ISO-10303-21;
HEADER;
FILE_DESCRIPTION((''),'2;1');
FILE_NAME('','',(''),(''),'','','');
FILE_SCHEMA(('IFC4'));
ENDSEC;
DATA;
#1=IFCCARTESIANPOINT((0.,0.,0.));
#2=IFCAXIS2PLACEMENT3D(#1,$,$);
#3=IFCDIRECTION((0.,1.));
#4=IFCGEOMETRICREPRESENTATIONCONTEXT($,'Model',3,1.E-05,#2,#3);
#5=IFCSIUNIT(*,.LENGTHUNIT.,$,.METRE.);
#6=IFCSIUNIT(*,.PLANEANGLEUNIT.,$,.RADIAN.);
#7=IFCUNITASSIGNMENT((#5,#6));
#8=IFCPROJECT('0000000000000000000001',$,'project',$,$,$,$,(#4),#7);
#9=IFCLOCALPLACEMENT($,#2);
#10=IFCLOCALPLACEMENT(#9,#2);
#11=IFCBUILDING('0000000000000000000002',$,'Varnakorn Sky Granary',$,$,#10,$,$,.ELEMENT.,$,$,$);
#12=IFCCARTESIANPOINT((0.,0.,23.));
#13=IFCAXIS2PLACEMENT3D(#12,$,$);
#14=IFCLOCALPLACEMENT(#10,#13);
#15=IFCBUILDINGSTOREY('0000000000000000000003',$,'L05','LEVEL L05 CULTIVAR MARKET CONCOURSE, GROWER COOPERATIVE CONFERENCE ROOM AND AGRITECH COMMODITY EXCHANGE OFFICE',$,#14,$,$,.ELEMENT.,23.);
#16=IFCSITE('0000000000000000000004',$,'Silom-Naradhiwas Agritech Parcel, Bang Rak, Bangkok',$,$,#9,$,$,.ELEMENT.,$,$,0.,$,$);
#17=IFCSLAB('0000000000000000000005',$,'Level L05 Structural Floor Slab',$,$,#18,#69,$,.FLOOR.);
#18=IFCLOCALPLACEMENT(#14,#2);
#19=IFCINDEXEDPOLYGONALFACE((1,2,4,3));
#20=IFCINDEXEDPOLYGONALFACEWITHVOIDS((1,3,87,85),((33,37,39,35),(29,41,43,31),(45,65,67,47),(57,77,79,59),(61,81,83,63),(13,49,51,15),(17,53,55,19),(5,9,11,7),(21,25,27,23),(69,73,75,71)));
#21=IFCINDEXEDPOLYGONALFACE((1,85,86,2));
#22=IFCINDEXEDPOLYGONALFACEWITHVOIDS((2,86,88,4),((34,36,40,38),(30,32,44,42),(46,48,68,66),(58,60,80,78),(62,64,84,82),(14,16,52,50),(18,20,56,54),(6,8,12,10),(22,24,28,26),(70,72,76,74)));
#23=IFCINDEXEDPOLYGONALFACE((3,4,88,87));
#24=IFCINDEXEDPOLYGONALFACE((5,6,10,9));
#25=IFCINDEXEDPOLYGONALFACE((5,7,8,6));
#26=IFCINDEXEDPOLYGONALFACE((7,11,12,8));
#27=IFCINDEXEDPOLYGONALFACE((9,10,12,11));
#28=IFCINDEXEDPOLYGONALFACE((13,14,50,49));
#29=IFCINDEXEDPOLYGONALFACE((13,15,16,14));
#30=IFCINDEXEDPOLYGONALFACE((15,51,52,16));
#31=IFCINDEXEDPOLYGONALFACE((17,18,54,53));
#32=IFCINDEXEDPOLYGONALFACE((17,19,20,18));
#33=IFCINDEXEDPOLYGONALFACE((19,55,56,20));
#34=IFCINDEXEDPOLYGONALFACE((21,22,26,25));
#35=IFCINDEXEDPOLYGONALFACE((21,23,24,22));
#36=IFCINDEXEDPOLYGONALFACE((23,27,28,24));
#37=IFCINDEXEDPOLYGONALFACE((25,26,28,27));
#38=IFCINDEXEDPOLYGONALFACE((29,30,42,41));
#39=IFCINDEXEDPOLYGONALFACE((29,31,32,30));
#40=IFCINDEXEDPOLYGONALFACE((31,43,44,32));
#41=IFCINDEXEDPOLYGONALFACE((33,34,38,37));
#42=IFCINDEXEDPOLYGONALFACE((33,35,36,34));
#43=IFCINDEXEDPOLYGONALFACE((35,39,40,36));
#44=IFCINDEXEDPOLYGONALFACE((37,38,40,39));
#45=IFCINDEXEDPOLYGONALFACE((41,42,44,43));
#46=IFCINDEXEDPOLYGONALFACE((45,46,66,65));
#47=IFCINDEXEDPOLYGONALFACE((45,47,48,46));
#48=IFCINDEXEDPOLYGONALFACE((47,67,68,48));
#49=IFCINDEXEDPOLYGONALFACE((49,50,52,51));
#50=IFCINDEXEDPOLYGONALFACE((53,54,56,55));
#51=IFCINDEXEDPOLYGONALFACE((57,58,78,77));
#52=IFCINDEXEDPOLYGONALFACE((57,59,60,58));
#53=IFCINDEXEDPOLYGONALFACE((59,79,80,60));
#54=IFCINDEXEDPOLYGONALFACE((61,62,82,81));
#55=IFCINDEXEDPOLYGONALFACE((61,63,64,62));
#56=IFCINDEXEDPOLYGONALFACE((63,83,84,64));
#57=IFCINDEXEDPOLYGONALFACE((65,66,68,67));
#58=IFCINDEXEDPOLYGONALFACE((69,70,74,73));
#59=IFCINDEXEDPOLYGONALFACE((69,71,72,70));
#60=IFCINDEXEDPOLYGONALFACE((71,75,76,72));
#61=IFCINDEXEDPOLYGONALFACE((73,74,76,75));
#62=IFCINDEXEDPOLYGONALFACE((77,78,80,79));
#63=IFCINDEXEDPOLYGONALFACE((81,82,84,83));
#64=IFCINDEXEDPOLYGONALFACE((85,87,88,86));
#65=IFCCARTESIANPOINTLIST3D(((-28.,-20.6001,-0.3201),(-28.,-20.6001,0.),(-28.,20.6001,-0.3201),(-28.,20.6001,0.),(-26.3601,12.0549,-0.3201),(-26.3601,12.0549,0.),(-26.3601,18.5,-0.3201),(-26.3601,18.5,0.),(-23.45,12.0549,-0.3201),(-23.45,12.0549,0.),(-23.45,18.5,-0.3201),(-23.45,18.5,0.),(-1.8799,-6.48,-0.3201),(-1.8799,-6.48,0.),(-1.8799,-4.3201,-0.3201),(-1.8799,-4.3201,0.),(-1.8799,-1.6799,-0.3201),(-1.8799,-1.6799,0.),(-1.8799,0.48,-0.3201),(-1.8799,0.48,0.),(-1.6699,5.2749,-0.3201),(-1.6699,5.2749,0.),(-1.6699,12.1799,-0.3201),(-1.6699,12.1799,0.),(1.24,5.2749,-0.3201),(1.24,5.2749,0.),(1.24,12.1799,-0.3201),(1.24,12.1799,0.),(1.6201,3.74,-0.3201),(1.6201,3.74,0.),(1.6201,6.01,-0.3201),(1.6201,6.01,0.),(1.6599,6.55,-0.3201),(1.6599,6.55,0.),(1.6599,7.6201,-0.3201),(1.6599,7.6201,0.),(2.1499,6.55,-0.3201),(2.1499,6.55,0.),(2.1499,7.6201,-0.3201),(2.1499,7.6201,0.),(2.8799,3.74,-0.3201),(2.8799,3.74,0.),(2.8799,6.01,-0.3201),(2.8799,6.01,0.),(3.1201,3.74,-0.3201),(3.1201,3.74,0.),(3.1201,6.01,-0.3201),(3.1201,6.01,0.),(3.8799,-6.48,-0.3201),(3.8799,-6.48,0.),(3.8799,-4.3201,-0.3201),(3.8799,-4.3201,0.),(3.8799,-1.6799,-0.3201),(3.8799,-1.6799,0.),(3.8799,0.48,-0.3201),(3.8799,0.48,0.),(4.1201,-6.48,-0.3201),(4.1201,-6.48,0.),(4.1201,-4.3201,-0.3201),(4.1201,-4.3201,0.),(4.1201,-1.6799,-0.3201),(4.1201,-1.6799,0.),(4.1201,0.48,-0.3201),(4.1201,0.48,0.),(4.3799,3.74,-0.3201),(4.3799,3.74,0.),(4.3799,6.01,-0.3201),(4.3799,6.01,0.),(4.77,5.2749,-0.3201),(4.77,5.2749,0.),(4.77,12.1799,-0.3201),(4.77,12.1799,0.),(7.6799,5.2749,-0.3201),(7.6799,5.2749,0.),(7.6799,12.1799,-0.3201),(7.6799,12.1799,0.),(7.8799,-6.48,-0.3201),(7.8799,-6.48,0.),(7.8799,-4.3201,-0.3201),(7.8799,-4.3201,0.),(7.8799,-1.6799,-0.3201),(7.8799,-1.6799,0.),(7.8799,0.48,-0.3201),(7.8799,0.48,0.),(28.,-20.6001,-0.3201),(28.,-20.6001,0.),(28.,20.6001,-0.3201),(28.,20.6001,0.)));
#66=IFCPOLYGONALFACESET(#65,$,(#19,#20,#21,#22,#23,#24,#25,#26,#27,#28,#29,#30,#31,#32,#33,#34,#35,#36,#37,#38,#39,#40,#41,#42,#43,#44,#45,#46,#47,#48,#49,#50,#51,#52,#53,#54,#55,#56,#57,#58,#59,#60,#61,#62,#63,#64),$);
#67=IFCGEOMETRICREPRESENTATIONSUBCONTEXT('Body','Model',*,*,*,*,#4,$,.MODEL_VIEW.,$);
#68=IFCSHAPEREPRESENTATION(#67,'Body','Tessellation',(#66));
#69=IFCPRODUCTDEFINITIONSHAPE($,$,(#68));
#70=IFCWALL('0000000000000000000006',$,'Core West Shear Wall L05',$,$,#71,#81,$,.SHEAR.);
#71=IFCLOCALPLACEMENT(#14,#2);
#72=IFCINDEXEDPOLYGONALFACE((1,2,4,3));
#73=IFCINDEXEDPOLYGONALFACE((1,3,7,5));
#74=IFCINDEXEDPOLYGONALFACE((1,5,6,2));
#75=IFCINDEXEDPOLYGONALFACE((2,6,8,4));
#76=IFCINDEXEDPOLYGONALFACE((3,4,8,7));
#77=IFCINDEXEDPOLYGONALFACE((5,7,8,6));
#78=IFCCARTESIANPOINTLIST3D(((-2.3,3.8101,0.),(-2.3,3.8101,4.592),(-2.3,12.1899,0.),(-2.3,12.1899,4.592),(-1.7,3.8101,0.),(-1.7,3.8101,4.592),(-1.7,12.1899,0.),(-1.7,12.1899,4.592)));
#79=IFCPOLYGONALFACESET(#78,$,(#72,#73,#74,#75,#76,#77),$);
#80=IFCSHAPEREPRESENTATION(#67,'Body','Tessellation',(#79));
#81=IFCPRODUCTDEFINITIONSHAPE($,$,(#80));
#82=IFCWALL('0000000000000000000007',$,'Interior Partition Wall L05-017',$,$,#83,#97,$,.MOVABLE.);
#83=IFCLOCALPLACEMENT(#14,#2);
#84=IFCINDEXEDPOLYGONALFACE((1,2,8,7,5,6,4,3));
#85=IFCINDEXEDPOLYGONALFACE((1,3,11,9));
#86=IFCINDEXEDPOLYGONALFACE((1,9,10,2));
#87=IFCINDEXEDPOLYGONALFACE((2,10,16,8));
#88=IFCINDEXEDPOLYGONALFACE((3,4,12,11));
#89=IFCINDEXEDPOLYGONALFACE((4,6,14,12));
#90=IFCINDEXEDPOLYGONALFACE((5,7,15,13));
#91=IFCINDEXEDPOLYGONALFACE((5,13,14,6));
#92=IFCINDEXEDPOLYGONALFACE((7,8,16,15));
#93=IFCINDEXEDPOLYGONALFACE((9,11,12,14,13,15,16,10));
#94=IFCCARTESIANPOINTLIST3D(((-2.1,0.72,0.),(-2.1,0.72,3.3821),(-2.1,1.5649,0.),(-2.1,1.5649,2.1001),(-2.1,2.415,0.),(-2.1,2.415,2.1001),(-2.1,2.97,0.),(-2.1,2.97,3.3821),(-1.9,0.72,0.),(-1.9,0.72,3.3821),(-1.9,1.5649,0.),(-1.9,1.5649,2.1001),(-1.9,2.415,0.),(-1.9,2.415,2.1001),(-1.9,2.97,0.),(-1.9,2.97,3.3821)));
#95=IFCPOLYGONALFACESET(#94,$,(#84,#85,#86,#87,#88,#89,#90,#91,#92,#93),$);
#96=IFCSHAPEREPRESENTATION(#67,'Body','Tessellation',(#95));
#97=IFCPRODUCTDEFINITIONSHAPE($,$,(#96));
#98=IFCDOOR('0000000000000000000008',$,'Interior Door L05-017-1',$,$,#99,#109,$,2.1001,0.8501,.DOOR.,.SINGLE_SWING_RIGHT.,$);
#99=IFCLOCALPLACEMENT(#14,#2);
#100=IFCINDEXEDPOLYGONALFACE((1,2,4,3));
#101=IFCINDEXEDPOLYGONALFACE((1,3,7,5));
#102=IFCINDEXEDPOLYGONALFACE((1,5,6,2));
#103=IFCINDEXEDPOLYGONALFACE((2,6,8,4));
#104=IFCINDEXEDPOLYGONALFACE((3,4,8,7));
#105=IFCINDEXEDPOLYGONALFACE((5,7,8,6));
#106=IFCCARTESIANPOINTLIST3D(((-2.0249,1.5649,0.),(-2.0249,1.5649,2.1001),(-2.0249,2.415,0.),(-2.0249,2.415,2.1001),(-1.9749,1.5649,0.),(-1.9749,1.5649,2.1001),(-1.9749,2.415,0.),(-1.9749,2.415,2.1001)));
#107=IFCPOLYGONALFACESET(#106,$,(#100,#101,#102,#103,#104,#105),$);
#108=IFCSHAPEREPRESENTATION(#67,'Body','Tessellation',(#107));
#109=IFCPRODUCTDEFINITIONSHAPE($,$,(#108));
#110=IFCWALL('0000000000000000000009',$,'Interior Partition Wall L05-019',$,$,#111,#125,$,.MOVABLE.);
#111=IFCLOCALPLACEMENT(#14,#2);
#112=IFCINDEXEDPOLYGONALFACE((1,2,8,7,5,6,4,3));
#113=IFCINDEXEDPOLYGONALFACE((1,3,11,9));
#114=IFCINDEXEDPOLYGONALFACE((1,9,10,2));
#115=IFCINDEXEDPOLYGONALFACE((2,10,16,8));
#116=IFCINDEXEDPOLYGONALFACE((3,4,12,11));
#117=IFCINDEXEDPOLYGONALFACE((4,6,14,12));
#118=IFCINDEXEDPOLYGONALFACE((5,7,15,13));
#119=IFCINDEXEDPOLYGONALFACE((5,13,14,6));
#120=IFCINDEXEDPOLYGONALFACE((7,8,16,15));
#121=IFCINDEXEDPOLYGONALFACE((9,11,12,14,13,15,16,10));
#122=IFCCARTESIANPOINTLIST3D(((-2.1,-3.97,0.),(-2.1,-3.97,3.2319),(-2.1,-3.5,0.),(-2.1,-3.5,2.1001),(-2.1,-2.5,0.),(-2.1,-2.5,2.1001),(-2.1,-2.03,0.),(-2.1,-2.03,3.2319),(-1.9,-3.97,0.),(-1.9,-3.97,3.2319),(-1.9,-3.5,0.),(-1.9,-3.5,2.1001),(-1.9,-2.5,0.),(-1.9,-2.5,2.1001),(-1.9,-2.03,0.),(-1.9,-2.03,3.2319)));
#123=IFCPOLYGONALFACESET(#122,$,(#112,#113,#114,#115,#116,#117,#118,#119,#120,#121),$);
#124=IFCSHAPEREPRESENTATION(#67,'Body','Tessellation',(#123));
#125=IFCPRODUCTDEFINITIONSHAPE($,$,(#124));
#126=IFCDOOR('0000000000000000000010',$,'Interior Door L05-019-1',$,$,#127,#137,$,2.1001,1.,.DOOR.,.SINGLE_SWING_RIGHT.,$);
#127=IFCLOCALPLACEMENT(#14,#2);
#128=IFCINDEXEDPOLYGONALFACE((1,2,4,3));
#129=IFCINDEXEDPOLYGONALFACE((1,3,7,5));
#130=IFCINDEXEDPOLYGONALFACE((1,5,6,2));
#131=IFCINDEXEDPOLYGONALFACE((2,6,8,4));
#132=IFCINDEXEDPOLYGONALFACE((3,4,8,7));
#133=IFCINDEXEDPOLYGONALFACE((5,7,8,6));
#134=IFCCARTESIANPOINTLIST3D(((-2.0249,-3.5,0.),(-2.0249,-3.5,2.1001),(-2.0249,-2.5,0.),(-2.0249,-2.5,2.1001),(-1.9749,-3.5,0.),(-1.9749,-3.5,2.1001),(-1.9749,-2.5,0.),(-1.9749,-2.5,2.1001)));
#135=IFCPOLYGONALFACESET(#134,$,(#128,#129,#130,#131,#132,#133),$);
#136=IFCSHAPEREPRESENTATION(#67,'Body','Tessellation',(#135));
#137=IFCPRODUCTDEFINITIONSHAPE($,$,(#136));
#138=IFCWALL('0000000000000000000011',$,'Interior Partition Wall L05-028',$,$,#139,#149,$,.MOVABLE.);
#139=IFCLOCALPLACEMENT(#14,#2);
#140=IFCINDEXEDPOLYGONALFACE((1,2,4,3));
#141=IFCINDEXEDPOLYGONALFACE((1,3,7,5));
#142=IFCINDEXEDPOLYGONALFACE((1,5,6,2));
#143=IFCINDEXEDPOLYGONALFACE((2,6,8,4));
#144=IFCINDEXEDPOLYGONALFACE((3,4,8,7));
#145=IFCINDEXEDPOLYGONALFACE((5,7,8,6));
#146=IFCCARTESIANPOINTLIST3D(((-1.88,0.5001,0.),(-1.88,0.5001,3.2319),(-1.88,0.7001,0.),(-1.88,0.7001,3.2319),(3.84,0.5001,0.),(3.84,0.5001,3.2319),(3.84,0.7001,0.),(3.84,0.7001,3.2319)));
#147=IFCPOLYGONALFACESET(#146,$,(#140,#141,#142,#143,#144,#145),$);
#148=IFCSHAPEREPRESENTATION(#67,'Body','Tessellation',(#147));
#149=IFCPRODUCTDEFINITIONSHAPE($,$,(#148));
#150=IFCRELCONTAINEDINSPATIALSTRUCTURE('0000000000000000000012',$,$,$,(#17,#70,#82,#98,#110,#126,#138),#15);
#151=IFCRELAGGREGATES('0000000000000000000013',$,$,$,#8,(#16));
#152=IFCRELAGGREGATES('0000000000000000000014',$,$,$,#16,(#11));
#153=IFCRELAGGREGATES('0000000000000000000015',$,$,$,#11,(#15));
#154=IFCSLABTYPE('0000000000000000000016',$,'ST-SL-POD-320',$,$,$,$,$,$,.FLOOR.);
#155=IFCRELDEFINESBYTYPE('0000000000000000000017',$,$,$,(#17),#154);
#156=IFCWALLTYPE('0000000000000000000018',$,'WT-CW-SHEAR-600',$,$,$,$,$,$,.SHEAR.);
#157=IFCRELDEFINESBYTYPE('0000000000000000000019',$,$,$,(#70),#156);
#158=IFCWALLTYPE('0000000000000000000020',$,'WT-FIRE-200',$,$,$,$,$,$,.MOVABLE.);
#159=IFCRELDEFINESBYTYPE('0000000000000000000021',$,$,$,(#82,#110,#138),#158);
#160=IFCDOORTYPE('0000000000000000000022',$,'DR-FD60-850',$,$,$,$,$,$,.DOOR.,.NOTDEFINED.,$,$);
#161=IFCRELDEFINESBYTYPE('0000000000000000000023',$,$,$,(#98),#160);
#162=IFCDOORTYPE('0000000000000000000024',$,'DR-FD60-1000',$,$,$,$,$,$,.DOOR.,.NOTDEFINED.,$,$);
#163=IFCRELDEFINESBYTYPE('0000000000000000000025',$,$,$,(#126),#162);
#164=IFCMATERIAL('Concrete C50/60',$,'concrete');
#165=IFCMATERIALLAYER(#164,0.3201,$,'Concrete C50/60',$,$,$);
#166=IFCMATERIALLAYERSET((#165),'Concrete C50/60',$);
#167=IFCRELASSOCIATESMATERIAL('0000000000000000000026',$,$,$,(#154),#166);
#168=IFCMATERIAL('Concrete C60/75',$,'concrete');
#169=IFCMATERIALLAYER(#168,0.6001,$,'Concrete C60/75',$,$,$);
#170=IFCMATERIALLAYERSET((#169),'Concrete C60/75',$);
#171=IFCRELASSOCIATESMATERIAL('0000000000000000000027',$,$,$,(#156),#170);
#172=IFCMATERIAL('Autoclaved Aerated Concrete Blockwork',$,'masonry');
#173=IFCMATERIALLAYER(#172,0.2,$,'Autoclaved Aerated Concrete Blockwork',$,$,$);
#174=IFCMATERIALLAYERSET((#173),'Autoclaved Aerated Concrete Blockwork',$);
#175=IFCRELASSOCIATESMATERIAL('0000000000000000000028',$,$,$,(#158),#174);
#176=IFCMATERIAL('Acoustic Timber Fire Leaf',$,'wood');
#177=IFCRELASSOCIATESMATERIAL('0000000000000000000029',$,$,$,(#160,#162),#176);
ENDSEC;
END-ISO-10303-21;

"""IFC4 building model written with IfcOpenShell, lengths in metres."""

from ifc_helpers import new_model, si_unit, direction, frame, frame_2d, origin, place, context, subcontext, project, spatial, polyline, rectangle, outline, extrude, material, layer, layer_set, type_object, element, fill, save


model = new_model("IFC4")

# Units and contexts
model_context = context("Model", 3, precision=1e-05, world=origin(), true_north=direction((0.0, 1.0)))
body_context = subcontext(model_context, "Body", "Model", "MODEL_VIEW")
ifc_project = project(units=[si_unit("LENGTHUNIT", "METRE"), si_unit("PLANEANGLEUNIT", "RADIAN")], contexts=[model_context])

# Site, building, storey
site_placement = place(None, origin())
site = spatial("IfcSite", under=ifc_project, at=site_placement, Name="Silom-Naradhiwas Agritech Parcel, Bang Rak, Bangkok", CompositionType="ELEMENT", RefElevation=0.0)
building_placement = place(site_placement, origin())
building = spatial("IfcBuilding", under=site, at=building_placement, Name="Varnakorn Sky Granary", CompositionType="ELEMENT")
storey_placement = place(building_placement, frame((0.0, 0.0, 23.0)))
storey = spatial("IfcBuildingStorey", under=building, at=storey_placement, Name="L05", Description="LEVEL L05 CULTIVAR MARKET CONCOURSE, GROWER COOPERATIVE CONFERENCE ROOM AND AGRITECH COMMODITY EXCHANGE OFFICE", CompositionType="ELEMENT", Elevation=23.0)

# Shared definitions
ifc_material_1 = material(Name="Concrete C60/75", Category="concrete")

# Slab
ifc_material_2 = material(Name="Concrete C50/60", Category="concrete")
ifc_layer_1 = layer(ifc_material_2, 0.3201, Name="Concrete C50/60")
ifc_layer_set_1 = layer_set([ifc_layer_1], Name="Concrete C50/60")
slab_type_1 = type_object("IfcSlabType", Name="ST-SL-POD-320", PredefinedType="FLOOR", material=ifc_layer_set_1)
slab_1_placement = place(storey_placement, frame((0.0, 0.0, -0.3201)))
element("IfcSlab", 1, at=slab_1_placement, inside=storey, type_object=slab_type_1, Name="Level L05 Structural Floor Slab", PredefinedType="FLOOR", context=body_context, shape_type="SweptSolid", body=[
    extrude(outline(polyline([(-28.0, -20.6001), (28.0, -20.6001), (28.0, 20.6001), (-28.0, 20.6001), (-28.0, -20.6001)]), holes=[polyline([(1.24, 5.2749), (1.24, 12.1799), (-1.6699, 12.1799), (-1.6699, 5.2749), (1.24, 5.2749)]), polyline([(7.6799, 5.2749), (7.6799, 12.1799), (4.77, 12.1799), (4.77, 5.2749), (7.6799, 5.2749)]), polyline([(-23.45, 12.0549), (-23.45, 18.5), (-26.3601, 18.5), (-26.3601, 12.0549), (-23.45, 12.0549)]), polyline([(1.6599, 6.55), (2.1499, 6.55), (2.1499, 7.6201), (1.6599, 7.6201), (1.6599, 6.55)]), polyline([(1.6201, 3.74), (2.8799, 3.74), (2.8799, 6.01), (1.6201, 6.01), (1.6201, 3.74)]), polyline([(3.1201, 3.74), (4.3799, 3.74), (4.3799, 6.01), (3.1201, 6.01), (3.1201, 3.74)]), polyline([(-1.8799, -1.6799), (3.8799, -1.6799), (3.8799, 0.48), (-1.8799, 0.48), (-1.8799, -1.6799)]), polyline([(4.1201, -1.6799), (7.8799, -1.6799), (7.8799, 0.48), (4.1201, 0.48), (4.1201, -1.6799)]), polyline([(-1.8799, -6.48), (3.8799, -6.48), (3.8799, -4.3201), (-1.8799, -4.3201), (-1.8799, -6.48)]), polyline([(4.1201, -6.48), (7.8799, -6.48), (7.8799, -4.3201), (4.1201, -4.3201), (4.1201, -6.48)])]), origin(), (0.0, 0.0, 1.0), 0.3201),
])

# Shared definitions
ifc_layer_2 = layer(ifc_material_1, 0.6001, Name="Concrete C60/75")
ifc_layer_set_2 = layer_set([ifc_layer_2], Name="Concrete C60/75")
wall_type_1 = type_object("IfcWallType", Name="WT-CW-SHEAR-600", PredefinedType="SHEAR", material=ifc_layer_set_2)

# Wall
wall_1_placement = place(storey_placement, frame((-2.0, 3.8101, 0.0), z_axis=(0.0, 0.0, 1.0), x_axis=(0.0, 1.0, 0.0)))
element("IfcWall", 2, at=wall_1_placement, inside=storey, type_object=wall_type_1, Name="Core West Shear Wall L05", PredefinedType="SHEAR", context=body_context, shape_type="SweptSolid", body=[
    extrude(rectangle(XDim=8.3799, YDim=0.6001, at=frame_2d((4.1899, 0.0))), origin(), (0.0, 0.0, 1.0), 4.592),
])

# Walls, openings, doors
ifc_material_3 = material(Name="Autoclaved Aerated Concrete Blockwork", Category="masonry")
ifc_layer_3 = layer(ifc_material_3, 0.2, Name="Autoclaved Aerated Concrete Blockwork")
ifc_layer_set_3 = layer_set([ifc_layer_3], Name="Autoclaved Aerated Concrete Blockwork")
wall_type_2 = type_object("IfcWallType", Name="WT-FIRE-200", PredefinedType="MOVABLE", material=ifc_layer_set_3)
wall_2_placement = place(storey_placement, frame((-2.0, 0.72, 0.0), z_axis=(0.0, 0.0, 1.0), x_axis=(0.0, 1.0, 0.0)))
wall_2 = element("IfcWall", 3, at=wall_2_placement, inside=storey, type_object=wall_type_2, Name="Interior Partition Wall L05-017", PredefinedType="MOVABLE", context=body_context, shape_type="SweptSolid", body=[
    extrude(rectangle(XDim=2.25, YDim=0.2, at=frame_2d((1.125, 0.0))), origin(), (0.0, 0.0, 1.0), 3.3821),
])
opening_1_placement = place(wall_2_placement, frame((0.845, 0.0, 0.0)))
opening_1 = element("IfcOpeningElement", 4, at=opening_1_placement, cuts=wall_2, PredefinedType="OPENING", context=body_context, shape_type="SweptSolid", body=[
    extrude(rectangle(XDim=0.8501, YDim=2.1001, at=frame_2d((0.425, 1.05))), frame((0.0, 0.1099, 0.0), z_axis=(0.0, -1.0, 0.0), x_axis=(1.0, 0.0, 0.0)), (0.0, 0.0, 1.0), 0.22),
])
ifc_material_4 = material(Name="Acoustic Timber Fire Leaf", Category="wood")
door_type_1 = type_object("IfcDoorType", Name="DR-FD60-850", OperationType="NOTDEFINED", PredefinedType="DOOR", material=ifc_material_4)
door_1_placement = place(opening_1_placement, origin())
door_1 = element("IfcDoor", 5, at=door_1_placement, inside=storey, type_object=door_type_1, Name="Interior Door L05-017-1", OperationType="SINGLE_SWING_RIGHT", OverallHeight=2.1001, OverallWidth=0.8501, PredefinedType="DOOR", context=body_context, shape_type="SweptSolid", body=[
    extrude(rectangle(XDim=0.8501, YDim=2.1001, at=frame_2d((0.425, 1.05))), frame((0.0, 0.0249, 0.0), z_axis=(0.0, -1.0, 0.0), x_axis=(1.0, 0.0, 0.0)), (0.0, 0.0, 1.0), 0.05),
])
fill(opening_1, door_1)
wall_3_placement = place(storey_placement, frame((-2.0, -3.97, 0.0), z_axis=(0.0, 0.0, 1.0), x_axis=(0.0, 1.0, 0.0)))
wall_3 = element("IfcWall", 6, at=wall_3_placement, inside=storey, type_object=wall_type_2, Name="Interior Partition Wall L05-019", PredefinedType="MOVABLE", context=body_context, shape_type="SweptSolid", body=[
    extrude(rectangle(XDim=1.9399, YDim=0.2, at=frame_2d((0.97, 0.0))), origin(), (0.0, 0.0, 1.0), 3.2319),
])
opening_2_placement = place(wall_3_placement, frame((0.47, 0.0, 0.0)))
opening_2 = element("IfcOpeningElement", 7, at=opening_2_placement, cuts=wall_3, PredefinedType="OPENING", context=body_context, shape_type="SweptSolid", body=[
    extrude(rectangle(XDim=1.0, YDim=2.1001, at=frame_2d((0.5, 1.05))), frame((0.0, 0.1099, 0.0), z_axis=(0.0, -1.0, 0.0), x_axis=(1.0, 0.0, 0.0)), (0.0, 0.0, 1.0), 0.22),
])
door_type_2 = type_object("IfcDoorType", Name="DR-FD60-1000", OperationType="NOTDEFINED", PredefinedType="DOOR", material=ifc_material_4)
door_2_placement = place(opening_2_placement, origin())
door_2 = element("IfcDoor", 8, at=door_2_placement, inside=storey, type_object=door_type_2, Name="Interior Door L05-019-1", OperationType="SINGLE_SWING_RIGHT", OverallHeight=2.1001, OverallWidth=1.0, PredefinedType="DOOR", context=body_context, shape_type="SweptSolid", body=[
    extrude(rectangle(XDim=1.0, YDim=2.1001, at=frame_2d((0.5, 1.05))), frame((0.0, 0.0249, 0.0), z_axis=(0.0, -1.0, 0.0), x_axis=(1.0, 0.0, 0.0)), (0.0, 0.0, 1.0), 0.05),
])
fill(opening_2, door_2)

# Wall
wall_4_placement = place(storey_placement, frame((-1.8799, 0.6001, 0.0), z_axis=(0.0, 0.0, 1.0), x_axis=(1.0, 0.0, 0.0)))
element("IfcWall", 9, at=wall_4_placement, inside=storey, type_object=wall_type_2, Name="Interior Partition Wall L05-028", PredefinedType="MOVABLE", context=body_context, shape_type="SweptSolid", body=[
    extrude(rectangle(XDim=5.72, YDim=0.2, at=frame_2d((2.8599, 0.0))), origin(), (0.0, 0.0, 1.0), 3.2319),
])

save(model, "model.ifc")
